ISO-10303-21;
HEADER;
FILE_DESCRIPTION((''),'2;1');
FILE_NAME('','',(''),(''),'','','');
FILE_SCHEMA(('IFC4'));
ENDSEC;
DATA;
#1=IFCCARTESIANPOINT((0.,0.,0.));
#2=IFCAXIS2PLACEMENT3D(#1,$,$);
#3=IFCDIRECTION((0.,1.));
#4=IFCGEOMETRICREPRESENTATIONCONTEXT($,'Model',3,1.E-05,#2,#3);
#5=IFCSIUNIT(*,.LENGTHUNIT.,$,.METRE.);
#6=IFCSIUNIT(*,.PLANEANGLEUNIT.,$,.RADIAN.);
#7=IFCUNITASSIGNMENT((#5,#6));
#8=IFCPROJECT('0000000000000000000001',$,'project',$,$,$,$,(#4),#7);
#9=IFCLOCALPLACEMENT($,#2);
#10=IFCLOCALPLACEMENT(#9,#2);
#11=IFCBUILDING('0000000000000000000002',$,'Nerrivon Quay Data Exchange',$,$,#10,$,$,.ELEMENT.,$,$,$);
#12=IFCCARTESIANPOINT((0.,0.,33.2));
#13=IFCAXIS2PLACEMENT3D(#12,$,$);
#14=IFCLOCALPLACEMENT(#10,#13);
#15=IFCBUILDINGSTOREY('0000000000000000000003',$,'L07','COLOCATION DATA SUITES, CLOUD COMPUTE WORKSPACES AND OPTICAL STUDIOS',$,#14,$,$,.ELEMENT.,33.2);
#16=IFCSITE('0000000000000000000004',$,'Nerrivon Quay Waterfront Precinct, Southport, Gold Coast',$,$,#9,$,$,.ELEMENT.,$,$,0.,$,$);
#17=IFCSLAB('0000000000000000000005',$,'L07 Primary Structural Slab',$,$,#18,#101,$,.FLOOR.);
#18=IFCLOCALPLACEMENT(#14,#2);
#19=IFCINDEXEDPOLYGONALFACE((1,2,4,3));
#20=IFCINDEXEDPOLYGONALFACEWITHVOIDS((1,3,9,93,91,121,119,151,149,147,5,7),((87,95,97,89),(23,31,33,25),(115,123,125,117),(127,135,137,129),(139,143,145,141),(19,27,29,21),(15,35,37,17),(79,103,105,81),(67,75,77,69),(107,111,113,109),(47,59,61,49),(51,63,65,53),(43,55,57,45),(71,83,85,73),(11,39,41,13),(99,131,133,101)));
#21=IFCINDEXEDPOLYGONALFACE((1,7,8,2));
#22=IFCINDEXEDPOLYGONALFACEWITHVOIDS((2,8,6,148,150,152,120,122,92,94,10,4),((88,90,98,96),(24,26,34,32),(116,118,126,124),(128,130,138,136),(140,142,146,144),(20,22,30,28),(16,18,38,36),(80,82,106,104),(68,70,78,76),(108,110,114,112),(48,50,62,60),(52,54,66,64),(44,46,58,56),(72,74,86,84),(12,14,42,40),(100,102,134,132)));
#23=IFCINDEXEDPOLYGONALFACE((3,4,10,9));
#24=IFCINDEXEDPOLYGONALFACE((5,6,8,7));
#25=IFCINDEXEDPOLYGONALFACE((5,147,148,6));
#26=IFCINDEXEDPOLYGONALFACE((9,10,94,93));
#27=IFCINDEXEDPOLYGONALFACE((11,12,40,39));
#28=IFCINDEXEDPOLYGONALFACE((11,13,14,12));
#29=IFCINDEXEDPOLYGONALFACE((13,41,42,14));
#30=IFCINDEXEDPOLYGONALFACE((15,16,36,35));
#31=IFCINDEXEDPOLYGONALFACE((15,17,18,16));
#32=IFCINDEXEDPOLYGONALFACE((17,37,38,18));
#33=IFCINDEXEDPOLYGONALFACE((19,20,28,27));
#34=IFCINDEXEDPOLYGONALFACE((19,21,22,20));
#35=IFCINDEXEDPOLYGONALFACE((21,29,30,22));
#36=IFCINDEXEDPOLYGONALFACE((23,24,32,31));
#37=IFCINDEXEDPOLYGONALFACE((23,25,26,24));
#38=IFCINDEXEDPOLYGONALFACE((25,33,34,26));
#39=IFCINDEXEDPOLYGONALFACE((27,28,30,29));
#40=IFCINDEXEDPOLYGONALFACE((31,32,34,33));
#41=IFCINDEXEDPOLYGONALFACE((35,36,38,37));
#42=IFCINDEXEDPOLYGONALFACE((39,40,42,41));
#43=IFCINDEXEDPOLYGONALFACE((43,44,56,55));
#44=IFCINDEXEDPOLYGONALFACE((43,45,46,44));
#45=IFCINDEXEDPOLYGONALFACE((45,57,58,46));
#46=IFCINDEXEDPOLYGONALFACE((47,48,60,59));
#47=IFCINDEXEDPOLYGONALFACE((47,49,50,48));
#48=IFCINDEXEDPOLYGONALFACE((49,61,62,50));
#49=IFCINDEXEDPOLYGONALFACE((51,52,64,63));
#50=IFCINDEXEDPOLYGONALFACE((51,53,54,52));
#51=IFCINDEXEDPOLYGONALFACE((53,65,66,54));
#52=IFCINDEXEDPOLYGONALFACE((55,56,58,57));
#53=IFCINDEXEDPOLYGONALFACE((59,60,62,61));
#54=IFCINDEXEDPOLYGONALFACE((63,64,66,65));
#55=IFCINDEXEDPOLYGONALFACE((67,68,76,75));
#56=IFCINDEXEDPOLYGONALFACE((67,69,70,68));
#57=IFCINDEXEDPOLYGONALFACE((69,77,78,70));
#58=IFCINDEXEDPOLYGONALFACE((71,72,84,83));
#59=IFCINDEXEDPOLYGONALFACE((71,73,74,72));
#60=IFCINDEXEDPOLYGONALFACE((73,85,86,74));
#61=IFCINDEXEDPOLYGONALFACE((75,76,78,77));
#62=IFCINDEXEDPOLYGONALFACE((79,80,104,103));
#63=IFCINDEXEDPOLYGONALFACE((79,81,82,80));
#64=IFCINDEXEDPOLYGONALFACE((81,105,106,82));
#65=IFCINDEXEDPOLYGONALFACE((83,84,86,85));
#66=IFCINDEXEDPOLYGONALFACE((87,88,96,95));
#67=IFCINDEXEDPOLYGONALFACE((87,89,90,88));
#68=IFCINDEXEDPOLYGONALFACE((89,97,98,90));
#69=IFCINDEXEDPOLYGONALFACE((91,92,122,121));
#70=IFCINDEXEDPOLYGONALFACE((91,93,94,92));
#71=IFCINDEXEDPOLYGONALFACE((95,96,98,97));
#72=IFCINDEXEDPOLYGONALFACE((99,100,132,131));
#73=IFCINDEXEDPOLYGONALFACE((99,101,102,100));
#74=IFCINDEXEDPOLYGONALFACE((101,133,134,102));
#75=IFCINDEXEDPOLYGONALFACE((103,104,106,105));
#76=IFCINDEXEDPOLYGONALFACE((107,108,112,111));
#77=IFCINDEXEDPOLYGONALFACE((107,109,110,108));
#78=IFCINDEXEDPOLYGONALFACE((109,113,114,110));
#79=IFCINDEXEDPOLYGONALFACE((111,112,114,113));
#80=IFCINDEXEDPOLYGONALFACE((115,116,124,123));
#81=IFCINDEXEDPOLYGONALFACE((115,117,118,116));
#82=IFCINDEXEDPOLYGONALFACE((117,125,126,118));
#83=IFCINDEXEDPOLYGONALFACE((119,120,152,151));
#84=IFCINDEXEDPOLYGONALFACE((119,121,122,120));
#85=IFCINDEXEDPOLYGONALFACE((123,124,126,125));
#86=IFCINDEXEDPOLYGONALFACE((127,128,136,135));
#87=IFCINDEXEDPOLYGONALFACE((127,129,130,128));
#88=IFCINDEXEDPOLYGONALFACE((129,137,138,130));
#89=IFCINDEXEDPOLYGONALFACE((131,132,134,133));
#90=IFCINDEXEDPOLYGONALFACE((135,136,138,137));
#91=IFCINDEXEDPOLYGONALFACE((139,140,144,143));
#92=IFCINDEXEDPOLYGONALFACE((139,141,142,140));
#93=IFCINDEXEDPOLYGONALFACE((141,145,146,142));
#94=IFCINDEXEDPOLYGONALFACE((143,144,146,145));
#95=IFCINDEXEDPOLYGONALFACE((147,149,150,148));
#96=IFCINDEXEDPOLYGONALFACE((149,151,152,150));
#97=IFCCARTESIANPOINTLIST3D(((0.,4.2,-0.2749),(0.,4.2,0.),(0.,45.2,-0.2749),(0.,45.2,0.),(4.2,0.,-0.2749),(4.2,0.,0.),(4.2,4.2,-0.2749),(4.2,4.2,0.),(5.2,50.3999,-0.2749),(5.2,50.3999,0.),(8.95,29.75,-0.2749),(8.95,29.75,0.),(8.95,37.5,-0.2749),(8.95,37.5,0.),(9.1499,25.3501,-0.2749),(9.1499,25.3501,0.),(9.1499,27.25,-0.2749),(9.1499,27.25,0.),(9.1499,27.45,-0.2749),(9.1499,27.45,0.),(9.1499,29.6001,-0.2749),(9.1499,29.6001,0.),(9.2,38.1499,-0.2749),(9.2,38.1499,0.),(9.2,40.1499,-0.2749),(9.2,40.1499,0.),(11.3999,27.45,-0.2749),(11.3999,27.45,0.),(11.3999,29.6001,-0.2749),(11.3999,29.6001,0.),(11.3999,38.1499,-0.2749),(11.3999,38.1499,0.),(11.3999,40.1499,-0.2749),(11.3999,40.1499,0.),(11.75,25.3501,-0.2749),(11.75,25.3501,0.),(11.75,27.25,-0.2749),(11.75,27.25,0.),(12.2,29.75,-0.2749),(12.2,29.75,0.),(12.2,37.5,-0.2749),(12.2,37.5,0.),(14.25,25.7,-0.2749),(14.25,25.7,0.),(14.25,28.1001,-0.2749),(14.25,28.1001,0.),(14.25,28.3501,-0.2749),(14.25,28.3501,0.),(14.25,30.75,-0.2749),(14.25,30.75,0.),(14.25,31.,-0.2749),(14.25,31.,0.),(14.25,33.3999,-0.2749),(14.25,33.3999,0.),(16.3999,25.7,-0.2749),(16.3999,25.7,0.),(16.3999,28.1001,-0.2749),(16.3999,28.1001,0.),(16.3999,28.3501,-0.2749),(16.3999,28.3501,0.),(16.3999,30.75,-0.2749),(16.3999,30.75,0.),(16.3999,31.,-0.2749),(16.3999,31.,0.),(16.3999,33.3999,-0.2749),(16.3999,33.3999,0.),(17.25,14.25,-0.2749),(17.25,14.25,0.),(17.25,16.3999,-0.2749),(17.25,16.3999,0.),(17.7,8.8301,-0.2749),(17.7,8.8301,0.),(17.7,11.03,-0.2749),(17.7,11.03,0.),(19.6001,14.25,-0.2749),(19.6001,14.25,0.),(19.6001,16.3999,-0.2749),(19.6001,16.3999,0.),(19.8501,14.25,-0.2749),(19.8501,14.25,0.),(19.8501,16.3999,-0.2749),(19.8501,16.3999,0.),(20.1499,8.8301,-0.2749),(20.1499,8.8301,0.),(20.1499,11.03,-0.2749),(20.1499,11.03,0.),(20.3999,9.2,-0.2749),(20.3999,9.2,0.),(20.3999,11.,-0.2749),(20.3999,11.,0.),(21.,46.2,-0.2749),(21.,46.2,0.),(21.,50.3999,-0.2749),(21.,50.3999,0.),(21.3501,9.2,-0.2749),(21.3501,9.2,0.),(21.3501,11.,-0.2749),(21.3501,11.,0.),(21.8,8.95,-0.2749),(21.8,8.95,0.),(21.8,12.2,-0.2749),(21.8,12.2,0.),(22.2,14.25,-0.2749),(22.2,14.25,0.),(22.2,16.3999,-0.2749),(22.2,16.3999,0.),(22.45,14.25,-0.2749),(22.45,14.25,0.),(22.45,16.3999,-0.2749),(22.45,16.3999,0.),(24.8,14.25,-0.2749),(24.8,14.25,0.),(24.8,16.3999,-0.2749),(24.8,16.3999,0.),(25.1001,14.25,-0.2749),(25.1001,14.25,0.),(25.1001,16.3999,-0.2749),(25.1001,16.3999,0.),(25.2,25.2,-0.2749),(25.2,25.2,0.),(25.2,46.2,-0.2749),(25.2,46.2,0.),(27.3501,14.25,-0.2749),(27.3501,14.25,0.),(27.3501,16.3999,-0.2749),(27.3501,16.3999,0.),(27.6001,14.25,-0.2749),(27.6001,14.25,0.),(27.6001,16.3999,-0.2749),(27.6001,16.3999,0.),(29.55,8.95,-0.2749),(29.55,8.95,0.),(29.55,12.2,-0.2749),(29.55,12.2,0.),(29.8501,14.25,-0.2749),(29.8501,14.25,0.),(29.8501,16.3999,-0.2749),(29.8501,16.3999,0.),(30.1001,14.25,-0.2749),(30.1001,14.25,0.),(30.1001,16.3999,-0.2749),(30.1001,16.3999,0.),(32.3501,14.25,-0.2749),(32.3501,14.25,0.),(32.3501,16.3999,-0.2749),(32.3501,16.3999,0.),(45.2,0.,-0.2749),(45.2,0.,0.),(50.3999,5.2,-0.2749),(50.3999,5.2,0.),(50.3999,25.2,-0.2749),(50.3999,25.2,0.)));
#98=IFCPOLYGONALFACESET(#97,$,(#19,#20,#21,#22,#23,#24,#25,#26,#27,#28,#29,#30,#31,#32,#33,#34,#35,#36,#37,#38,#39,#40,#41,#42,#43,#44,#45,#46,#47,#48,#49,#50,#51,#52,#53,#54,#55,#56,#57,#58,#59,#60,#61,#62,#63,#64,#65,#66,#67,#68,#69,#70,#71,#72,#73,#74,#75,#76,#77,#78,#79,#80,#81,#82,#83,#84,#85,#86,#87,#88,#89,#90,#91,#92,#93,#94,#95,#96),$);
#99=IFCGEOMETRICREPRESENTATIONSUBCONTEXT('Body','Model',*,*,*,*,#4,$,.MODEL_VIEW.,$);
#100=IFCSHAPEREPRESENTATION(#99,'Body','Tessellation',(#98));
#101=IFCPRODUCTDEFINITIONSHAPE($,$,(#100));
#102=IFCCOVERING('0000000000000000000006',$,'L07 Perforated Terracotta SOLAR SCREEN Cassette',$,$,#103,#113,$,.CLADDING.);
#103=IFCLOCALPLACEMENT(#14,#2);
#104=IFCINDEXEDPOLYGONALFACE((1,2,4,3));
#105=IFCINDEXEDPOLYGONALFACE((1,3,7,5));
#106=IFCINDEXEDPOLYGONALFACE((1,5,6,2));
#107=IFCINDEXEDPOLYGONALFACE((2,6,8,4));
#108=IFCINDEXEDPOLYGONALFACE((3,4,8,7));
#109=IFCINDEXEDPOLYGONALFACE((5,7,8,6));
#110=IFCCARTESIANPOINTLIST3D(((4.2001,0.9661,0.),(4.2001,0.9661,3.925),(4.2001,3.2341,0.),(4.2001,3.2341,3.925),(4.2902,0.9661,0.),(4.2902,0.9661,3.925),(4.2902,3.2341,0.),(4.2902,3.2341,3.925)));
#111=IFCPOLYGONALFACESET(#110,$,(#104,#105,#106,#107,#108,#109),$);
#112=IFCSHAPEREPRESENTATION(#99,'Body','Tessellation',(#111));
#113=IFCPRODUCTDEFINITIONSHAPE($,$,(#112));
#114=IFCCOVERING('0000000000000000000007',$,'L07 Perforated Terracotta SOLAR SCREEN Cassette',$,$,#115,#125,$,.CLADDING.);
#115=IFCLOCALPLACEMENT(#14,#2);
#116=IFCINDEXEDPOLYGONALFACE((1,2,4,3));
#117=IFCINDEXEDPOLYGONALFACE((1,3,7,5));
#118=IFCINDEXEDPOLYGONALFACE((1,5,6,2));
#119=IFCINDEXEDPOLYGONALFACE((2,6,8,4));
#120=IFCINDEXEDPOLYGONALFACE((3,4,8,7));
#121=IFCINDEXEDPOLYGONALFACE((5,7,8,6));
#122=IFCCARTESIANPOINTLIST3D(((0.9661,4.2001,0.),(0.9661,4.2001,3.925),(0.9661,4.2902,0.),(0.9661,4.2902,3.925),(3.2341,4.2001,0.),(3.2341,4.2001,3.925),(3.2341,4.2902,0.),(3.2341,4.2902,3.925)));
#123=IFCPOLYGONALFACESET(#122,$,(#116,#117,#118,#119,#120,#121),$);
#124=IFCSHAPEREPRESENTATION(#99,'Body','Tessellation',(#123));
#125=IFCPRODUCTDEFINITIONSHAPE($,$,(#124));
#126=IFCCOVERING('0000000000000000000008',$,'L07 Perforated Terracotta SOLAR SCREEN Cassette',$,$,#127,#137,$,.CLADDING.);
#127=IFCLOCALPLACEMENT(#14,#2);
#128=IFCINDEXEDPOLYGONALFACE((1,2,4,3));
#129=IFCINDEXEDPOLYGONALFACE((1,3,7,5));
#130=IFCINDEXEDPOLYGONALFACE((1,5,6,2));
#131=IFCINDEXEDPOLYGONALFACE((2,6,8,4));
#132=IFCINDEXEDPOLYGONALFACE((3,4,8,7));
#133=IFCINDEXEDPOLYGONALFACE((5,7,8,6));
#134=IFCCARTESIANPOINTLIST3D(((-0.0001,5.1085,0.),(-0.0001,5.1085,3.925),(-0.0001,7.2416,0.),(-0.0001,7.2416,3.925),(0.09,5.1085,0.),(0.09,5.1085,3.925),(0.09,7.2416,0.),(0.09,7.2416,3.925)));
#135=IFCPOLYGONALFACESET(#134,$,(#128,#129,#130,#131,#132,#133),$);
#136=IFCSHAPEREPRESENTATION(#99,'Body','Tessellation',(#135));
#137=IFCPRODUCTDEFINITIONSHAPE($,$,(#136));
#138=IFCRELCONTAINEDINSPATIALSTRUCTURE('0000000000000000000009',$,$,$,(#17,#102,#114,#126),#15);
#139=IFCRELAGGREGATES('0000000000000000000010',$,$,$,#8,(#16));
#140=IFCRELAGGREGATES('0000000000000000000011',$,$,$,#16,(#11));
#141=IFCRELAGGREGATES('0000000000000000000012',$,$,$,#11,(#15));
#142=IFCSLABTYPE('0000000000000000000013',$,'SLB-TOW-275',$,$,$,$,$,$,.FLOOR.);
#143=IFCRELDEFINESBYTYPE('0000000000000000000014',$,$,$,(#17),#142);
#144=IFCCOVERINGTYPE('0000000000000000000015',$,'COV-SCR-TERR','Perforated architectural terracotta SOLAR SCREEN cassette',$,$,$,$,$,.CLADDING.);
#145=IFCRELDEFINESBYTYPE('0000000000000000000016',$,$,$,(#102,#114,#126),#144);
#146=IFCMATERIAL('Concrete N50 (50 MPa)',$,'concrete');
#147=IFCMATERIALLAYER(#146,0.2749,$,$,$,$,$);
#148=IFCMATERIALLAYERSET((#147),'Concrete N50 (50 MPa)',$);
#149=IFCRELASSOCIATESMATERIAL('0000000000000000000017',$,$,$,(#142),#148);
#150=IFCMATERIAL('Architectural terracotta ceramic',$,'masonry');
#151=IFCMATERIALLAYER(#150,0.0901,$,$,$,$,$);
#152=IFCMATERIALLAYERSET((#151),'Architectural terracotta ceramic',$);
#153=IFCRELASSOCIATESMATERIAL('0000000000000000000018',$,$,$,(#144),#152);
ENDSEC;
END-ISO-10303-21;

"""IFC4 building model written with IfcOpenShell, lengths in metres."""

from ifc_helpers import new_model, si_unit, direction, frame, origin, origin_2d, place, context, subcontext, project, spatial, polyline, rectangle, outline, extrude, material, layer, layer_set, type_object, element, save


model = new_model("IFC4")

# Units and contexts
model_context = context("Model", 3, precision=1e-05, world=origin(), true_north=direction((0.0, 1.0)))
body_context = subcontext(model_context, "Body", "Model", "MODEL_VIEW")
ifc_project = project(units=[si_unit("LENGTHUNIT", "METRE"), si_unit("PLANEANGLEUNIT", "RADIAN")], contexts=[model_context])

# Site, building, storey
site_placement = place(None, origin())
site = spatial("IfcSite", under=ifc_project, at=site_placement, Name="Nerrivon Quay Waterfront Precinct, Southport, Gold Coast", CompositionType="ELEMENT", RefElevation=0.0)
building_placement = place(site_placement, origin())
building = spatial("IfcBuilding", under=site, at=building_placement, Name="Nerrivon Quay Data Exchange", CompositionType="ELEMENT")
storey_placement = place(building_placement, frame((0.0, 0.0, 33.2)))
storey = spatial("IfcBuildingStorey", under=building, at=storey_placement, Name="L07", Description="COLOCATION DATA SUITES, CLOUD COMPUTE WORKSPACES AND OPTICAL STUDIOS", CompositionType="ELEMENT", Elevation=33.2)

# Shared definitions
ifc_material_1 = material(Name="Concrete N50 (50 MPa)", Category="concrete")

# Slab
ifc_layer_1 = layer(ifc_material_1, 0.2749)
ifc_layer_set_1 = layer_set([ifc_layer_1], Name="Concrete N50 (50 MPa)")
slab_type_1 = type_object("IfcSlabType", Name="SLB-TOW-275", PredefinedType="FLOOR", material=ifc_layer_set_1)
slab_1_placement = place(storey_placement, frame((0.0, 0.0, -0.2749)))
element("IfcSlab", 1, at=slab_1_placement, inside=storey, type_object=slab_type_1, Name="L07 Primary Structural Slab", PredefinedType="FLOOR", context=body_context, shape_type="SweptSolid", body=[
    extrude(outline(polyline([(50.3999, 25.2), (25.2, 25.2), (25.2, 46.2), (21.0, 46.2), (21.0, 50.3999), (5.2, 50.3999), (0.0, 45.2), (0.0, 4.2), (4.2, 4.2), (4.2, 0.0), (45.2, 0.0), (50.3999, 5.2), (50.3999, 25.2)]), holes=[polyline([(8.95, 29.75), (8.95, 37.5), (12.2, 37.5), (12.2, 29.75), (8.95, 29.75)]), polyline([(21.8, 12.2), (29.55, 12.2), (29.55, 8.95), (21.8, 8.95), (21.8, 12.2)]), polyline([(30.1001, 16.3999), (32.3501, 16.3999), (32.3501, 14.25), (30.1001, 14.25), (30.1001, 16.3999)]), polyline([(27.6001, 16.3999), (29.8501, 16.3999), (29.8501, 14.25), (27.6001, 14.25), (27.6001, 16.3999)]), polyline([(25.1001, 16.3999), (27.3501, 16.3999), (27.3501, 14.25), (25.1001, 14.25), (25.1001, 16.3999)]), polyline([(22.45, 16.3999), (24.8, 16.3999), (24.8, 14.25), (22.45, 14.25), (22.45, 16.3999)]), polyline([(19.8501, 16.3999), (22.2, 16.3999), (22.2, 14.25), (19.8501, 14.25), (19.8501, 16.3999)]), polyline([(20.3999, 11.0), (21.3501, 11.0), (21.3501, 9.2), (20.3999, 9.2), (20.3999, 11.0)]), polyline([(17.7, 8.8301), (17.7, 11.03), (20.1499, 11.03), (20.1499, 8.8301), (17.7, 8.8301)]), polyline([(17.25, 14.25), (17.25, 16.3999), (19.6001, 16.3999), (19.6001, 14.25), (17.25, 14.25)]), polyline([(14.25, 28.1001), (16.3999, 28.1001), (16.3999, 25.7), (14.25, 25.7), (14.25, 28.1001)]), polyline([(14.25, 30.75), (16.3999, 30.75), (16.3999, 28.3501), (14.25, 28.3501), (14.25, 30.75)]), polyline([(14.25, 33.3999), (16.3999, 33.3999), (16.3999, 31.0), (14.25, 31.0), (14.25, 33.3999)]), polyline([(9.1499, 27.25), (11.75, 27.25), (11.75, 25.3501), (9.1499, 25.3501), (9.1499, 27.25)]), polyline([(9.1499, 29.6001), (11.3999, 29.6001), (11.3999, 27.45), (9.1499, 27.45), (9.1499, 29.6001)]), polyline([(9.2, 40.1499), (11.3999, 40.1499), (11.3999, 38.1499), (9.2, 38.1499), (9.2, 40.1499)])]), origin(), (0.0, 0.0, 1.0), 0.2749),
])

# Coverings
ifc_material_2 = material(Name="Architectural terracotta ceramic", Category="masonry")
ifc_layer_2 = layer(ifc_material_2, 0.0901)
ifc_layer_set_2 = layer_set([ifc_layer_2], Name="Architectural terracotta ceramic")
covering_type = type_object("IfcCoveringType", Name="COV-SCR-TERR", Description="Perforated architectural terracotta SOLAR SCREEN cassette", PredefinedType="CLADDING", material=ifc_layer_set_2)
for number, where, z_axis, x_axis, name in (
    (2, (4.2451, 2.1001, 0.0), (0.0, 0.0, 1.0), (0.0, 1.0, 0.0), "L07 Perforated Terracotta SOLAR SCREEN Cassette"),
    (3, (2.1001, 4.2451, 0.0), (0.0, 0.0, 1.0), (-1.0, 0.0, 0.0), "L07 Perforated Terracotta SOLAR SCREEN Cassette"),
):
    element("IfcCovering", number, at=place(storey_placement, frame(where, z_axis=z_axis, x_axis=x_axis)), inside=storey, type_object=covering_type, Name=name, PredefinedType="CLADDING", context=body_context, shape_type="SweptSolid", body=[
        extrude(rectangle(XDim=2.2681, YDim=0.0901, at=origin_2d()), origin(), (0.0, 0.0, 1.0), 3.925),
    ])
covering_placement = place(storey_placement, frame((0.0449, 6.175, 0.0), z_axis=(0.0, 0.0, 1.0), x_axis=(0.0, 1.0, 0.0)))
element("IfcCovering", 4, at=covering_placement, inside=storey, type_object=covering_type, Name="L07 Perforated Terracotta SOLAR SCREEN Cassette", PredefinedType="CLADDING", context=body_context, shape_type="SweptSolid", body=[
    extrude(rectangle(XDim=2.1331, YDim=0.0901, at=origin_2d()), origin(), (0.0, 0.0, 1.0), 3.925),
])

save(model, "model.ifc")
